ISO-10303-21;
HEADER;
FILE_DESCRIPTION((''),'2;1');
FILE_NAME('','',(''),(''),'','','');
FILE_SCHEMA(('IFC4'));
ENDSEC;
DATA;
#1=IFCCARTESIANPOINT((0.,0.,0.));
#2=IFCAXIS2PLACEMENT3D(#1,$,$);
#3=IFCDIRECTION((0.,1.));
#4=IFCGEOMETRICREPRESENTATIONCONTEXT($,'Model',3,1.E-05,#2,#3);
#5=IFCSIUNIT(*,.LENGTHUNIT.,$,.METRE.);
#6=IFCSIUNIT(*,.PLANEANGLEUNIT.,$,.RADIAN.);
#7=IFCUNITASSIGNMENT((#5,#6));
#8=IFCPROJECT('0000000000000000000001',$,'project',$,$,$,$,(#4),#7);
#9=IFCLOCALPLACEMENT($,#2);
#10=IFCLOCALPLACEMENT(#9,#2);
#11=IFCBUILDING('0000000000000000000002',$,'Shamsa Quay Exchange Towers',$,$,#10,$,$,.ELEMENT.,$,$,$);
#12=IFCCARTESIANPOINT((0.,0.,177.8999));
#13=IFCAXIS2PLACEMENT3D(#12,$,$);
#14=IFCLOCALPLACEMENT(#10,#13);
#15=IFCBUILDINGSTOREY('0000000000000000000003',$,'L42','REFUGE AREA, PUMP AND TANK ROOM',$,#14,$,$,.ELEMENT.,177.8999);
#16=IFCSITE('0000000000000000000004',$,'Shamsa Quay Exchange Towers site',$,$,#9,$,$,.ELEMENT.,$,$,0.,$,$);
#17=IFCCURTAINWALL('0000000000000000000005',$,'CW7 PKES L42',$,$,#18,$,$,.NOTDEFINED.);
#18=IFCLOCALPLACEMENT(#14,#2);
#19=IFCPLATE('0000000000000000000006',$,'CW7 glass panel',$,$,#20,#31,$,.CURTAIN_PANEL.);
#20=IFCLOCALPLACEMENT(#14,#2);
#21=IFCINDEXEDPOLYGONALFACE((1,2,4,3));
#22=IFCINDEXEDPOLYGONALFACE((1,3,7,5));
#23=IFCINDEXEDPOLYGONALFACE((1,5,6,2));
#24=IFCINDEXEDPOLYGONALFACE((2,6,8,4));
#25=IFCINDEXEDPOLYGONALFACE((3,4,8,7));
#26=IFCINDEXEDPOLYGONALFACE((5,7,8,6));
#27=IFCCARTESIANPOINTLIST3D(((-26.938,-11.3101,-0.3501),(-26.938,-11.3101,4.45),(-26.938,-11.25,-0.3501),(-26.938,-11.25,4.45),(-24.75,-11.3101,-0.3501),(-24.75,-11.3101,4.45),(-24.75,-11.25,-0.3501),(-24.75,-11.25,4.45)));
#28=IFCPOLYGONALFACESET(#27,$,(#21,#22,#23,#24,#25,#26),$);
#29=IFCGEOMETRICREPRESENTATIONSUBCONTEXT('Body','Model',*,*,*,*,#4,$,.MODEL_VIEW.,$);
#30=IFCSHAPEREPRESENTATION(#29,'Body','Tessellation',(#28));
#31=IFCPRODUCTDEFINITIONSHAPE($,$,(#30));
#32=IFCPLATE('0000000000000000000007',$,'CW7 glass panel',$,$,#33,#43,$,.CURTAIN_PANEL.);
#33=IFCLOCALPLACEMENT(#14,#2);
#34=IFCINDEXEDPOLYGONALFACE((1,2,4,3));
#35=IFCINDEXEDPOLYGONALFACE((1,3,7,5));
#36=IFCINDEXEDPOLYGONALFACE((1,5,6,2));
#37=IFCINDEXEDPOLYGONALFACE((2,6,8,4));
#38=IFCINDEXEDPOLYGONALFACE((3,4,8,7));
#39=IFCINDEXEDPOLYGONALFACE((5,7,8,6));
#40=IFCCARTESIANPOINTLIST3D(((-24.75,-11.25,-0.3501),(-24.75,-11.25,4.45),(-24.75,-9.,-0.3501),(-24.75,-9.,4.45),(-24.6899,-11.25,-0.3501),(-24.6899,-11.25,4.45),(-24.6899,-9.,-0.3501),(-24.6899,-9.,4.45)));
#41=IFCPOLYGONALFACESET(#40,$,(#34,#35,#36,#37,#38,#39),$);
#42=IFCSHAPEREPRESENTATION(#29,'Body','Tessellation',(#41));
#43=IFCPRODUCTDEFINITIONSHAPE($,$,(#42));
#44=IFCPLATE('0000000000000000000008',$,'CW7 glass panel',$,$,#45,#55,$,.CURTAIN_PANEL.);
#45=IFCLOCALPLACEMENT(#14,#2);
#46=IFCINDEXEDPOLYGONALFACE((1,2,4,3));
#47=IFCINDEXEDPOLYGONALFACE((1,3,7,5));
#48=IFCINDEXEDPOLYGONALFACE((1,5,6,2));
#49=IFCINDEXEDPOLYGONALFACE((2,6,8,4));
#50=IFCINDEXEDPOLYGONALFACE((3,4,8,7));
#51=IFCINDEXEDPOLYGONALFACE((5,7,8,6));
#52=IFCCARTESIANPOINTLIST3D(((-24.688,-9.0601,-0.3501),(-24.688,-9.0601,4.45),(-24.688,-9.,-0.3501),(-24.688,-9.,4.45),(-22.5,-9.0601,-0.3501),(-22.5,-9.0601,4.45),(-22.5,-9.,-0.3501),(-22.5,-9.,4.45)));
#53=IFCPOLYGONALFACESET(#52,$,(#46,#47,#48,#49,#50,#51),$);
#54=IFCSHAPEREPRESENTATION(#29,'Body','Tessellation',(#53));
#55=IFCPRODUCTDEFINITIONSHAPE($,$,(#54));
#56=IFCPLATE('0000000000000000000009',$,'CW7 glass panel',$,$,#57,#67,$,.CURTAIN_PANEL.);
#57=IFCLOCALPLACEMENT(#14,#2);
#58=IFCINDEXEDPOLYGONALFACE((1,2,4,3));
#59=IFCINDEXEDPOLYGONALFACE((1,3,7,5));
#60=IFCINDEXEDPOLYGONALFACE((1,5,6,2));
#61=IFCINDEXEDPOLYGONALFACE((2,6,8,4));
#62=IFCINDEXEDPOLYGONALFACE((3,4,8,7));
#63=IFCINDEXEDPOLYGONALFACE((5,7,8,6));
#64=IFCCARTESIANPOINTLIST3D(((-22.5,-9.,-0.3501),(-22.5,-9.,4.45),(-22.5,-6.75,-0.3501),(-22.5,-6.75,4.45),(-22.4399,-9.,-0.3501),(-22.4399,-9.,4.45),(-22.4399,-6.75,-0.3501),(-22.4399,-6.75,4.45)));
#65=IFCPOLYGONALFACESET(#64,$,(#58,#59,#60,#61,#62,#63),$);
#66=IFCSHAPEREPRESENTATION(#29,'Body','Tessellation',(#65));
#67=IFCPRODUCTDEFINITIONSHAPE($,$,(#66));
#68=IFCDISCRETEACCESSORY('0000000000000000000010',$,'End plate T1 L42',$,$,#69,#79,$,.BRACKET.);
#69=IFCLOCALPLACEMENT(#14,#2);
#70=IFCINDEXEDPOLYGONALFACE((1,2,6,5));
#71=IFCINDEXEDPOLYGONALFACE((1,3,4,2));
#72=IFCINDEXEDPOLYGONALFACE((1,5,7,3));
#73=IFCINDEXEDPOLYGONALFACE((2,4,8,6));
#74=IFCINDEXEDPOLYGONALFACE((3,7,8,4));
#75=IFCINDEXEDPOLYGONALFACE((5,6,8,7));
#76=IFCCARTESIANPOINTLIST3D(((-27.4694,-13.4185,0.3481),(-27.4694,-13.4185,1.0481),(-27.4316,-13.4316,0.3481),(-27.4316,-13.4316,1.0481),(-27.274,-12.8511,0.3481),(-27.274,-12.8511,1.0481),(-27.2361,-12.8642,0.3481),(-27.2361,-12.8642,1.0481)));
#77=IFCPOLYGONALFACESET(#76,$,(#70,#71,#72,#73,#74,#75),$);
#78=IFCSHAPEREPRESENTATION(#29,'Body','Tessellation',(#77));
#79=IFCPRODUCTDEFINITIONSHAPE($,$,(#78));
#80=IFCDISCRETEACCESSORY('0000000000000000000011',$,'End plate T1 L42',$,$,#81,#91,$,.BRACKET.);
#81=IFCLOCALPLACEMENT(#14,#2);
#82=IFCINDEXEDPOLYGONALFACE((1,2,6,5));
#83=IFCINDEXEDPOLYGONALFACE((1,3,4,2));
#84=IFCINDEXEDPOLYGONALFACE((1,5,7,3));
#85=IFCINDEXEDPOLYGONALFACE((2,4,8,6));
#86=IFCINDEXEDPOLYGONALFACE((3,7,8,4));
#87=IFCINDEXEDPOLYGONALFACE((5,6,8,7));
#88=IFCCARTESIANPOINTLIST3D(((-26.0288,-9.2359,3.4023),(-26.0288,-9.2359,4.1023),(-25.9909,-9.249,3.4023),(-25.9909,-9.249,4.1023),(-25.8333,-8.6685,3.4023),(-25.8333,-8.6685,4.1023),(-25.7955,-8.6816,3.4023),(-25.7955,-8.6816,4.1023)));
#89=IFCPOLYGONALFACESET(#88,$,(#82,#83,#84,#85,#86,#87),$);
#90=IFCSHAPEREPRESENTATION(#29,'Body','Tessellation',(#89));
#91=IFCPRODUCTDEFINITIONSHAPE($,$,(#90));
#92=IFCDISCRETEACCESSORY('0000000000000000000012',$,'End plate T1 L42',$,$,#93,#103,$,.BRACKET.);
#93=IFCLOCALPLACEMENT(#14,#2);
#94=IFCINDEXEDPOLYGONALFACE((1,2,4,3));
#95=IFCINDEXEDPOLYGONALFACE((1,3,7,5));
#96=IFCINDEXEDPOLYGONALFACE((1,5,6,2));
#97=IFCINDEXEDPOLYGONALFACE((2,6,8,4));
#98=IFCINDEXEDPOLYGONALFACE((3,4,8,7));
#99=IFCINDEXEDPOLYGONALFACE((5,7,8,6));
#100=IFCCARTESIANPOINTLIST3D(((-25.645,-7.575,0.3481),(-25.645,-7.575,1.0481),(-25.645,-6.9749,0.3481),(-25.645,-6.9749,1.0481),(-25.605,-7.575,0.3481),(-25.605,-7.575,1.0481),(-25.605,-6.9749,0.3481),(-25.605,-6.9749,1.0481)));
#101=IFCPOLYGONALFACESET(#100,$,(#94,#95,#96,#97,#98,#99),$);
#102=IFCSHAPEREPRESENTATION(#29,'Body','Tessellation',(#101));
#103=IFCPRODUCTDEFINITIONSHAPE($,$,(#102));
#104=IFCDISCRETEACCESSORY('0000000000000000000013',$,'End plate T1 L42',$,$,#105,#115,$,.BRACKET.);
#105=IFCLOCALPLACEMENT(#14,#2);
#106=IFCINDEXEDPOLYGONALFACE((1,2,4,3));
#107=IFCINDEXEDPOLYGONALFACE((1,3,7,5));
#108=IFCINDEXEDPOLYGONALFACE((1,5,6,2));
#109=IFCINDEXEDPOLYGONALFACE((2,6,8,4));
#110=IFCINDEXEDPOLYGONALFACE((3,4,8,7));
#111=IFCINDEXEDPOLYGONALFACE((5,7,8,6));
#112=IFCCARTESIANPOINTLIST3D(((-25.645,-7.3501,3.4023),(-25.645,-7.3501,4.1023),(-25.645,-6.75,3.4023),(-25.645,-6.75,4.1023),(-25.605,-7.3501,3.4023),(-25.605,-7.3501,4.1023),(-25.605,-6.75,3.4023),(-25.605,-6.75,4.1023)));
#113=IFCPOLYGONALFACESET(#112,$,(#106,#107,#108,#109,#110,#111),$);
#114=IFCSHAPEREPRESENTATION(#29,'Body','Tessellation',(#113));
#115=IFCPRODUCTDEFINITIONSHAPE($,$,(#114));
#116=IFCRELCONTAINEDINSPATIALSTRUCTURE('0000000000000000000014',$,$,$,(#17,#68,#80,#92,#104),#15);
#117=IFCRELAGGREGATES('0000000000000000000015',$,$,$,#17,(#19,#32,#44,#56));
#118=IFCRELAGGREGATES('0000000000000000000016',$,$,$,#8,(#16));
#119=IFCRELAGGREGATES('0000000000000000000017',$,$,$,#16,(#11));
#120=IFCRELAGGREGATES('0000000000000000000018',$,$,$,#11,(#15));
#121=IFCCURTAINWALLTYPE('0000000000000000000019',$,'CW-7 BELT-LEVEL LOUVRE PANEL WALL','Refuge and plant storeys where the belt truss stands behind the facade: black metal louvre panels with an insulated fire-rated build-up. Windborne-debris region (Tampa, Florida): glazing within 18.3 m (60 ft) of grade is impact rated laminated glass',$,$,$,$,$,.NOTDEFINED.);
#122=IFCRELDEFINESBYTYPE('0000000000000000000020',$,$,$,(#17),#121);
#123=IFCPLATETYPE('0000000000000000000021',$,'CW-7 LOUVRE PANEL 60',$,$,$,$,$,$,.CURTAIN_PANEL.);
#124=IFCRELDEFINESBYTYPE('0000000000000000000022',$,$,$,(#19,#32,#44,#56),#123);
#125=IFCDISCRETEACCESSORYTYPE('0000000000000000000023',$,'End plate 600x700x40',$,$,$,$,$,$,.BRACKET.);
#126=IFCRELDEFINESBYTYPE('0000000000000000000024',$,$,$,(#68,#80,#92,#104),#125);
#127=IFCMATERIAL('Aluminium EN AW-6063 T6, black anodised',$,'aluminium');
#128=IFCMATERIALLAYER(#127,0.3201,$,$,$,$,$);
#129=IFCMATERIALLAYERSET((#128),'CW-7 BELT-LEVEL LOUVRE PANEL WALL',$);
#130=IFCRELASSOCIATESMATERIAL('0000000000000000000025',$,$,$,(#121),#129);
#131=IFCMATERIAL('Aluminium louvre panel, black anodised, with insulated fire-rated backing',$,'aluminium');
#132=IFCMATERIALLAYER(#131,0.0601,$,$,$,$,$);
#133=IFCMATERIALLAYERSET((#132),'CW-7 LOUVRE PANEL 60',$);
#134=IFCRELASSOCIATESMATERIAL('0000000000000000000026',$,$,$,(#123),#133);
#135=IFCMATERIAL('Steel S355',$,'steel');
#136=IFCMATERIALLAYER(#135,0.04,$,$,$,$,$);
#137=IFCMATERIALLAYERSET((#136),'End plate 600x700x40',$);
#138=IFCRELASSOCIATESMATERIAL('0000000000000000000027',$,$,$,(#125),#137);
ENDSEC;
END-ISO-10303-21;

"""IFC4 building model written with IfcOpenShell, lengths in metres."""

from ifc_helpers import new_model, si_unit, direction, frame, origin, origin_2d, place, context, subcontext, project, spatial, rectangle, extrude, material, layer, layer_set, type_object, element, aggregate, save


model = new_model("IFC4")

# Units and contexts
model_context = context("Model", 3, precision=1e-05, world=origin(), true_north=direction((0.0, 1.0)))
body_context = subcontext(model_context, "Body", "Model", "MODEL_VIEW")
ifc_project = project(units=[si_unit("LENGTHUNIT", "METRE"), si_unit("PLANEANGLEUNIT", "RADIAN")], contexts=[model_context])

# Site, building, storey
site_placement = place(None, origin())
site = spatial("IfcSite", under=ifc_project, at=site_placement, Name="Shamsa Quay Exchange Towers site", CompositionType="ELEMENT", RefElevation=0.0)
building_placement = place(site_placement, origin())
building = spatial("IfcBuilding", under=site, at=building_placement, Name="Shamsa Quay Exchange Towers", CompositionType="ELEMENT")
storey_placement = place(building_placement, frame((0.0, 0.0, 177.8999)))
storey = spatial("IfcBuildingStorey", under=building, at=storey_placement, Name="L42", Description="REFUGE AREA, PUMP AND TANK ROOM", CompositionType="ELEMENT", Elevation=177.8999)

# Shared definitions
ifc_material_1 = material(Name="Steel S355", Category="steel")

# Shared definitions
ifc_material_2 = material(Name="Aluminium EN AW-6063 T6, black anodised", Category="aluminium")
ifc_layer_1 = layer(ifc_material_2, 0.3201)
ifc_layer_set_1 = layer_set([ifc_layer_1], Name="CW-7 BELT-LEVEL LOUVRE PANEL WALL")
curtain_wall_type = type_object("IfcCurtainWallType", Name="CW-7 BELT-LEVEL LOUVRE PANEL WALL", Description="Refuge and plant storeys where the belt truss stands behind the facade: black metal louvre panels with an insulated fire-rated build-up. Windborne-debris region (Tampa, Florida): glazing within 18.3 m (60 ft) of grade is impact rated laminated glass", PredefinedType="NOTDEFINED", material=ifc_layer_set_1)
ifc_material_3 = material(Name="Aluminium louvre panel, black anodised, with insulated fire-rated backing", Category="aluminium")
ifc_layer_2 = layer(ifc_material_3, 0.0601)
ifc_layer_set_2 = layer_set([ifc_layer_2], Name="CW-7 LOUVRE PANEL 60")
plate_type = type_object("IfcPlateType", Name="CW-7 LOUVRE PANEL 60", PredefinedType="CURTAIN_PANEL", material=ifc_layer_set_2)

# Curtain wall, plates
curtain_wall_1_placement = place(storey_placement, origin())
curtain_wall_1 = element("IfcCurtainWall", 1, at=curtain_wall_1_placement, inside=storey, type_object=curtain_wall_type, Name="CW7 PKES L42", PredefinedType="NOTDEFINED")
plate_1_placement = place(storey_placement, frame((-25.844, -11.28, -0.3501)))
plate_1 = element("IfcPlate", 2, at=plate_1_placement, type_object=plate_type, Name="CW7 glass panel", PredefinedType="CURTAIN_PANEL", context=body_context, shape_type="SweptSolid", body=[
    extrude(rectangle(XDim=2.188, YDim=0.0601, at=origin_2d()), origin(), (0.0, 0.0, 1.0), 4.8),
])
plate_2_placement = place(storey_placement, frame((-24.72, -10.125, -0.3501), z_axis=(0.0, 0.0, 1.0), x_axis=(0.0, 1.0, 0.0)))
plate_2 = element("IfcPlate", 3, at=plate_2_placement, type_object=plate_type, Name="CW7 glass panel", PredefinedType="CURTAIN_PANEL", context=body_context, shape_type="SweptSolid", body=[
    extrude(rectangle(XDim=2.25, YDim=0.0601, at=origin_2d()), origin(), (0.0, 0.0, 1.0), 4.8),
])
plate_3_placement = place(storey_placement, frame((-23.594, -9.03, -0.3501)))
plate_3 = element("IfcPlate", 4, at=plate_3_placement, type_object=plate_type, Name="CW7 glass panel", PredefinedType="CURTAIN_PANEL", context=body_context, shape_type="SweptSolid", body=[
    extrude(rectangle(XDim=2.188, YDim=0.0601, at=origin_2d()), origin(), (0.0, 0.0, 1.0), 4.8),
])
plate_4_placement = place(storey_placement, frame((-22.47, -7.875, -0.3501), z_axis=(0.0, 0.0, 1.0), x_axis=(0.0, 1.0, 0.0)))
plate_4 = element("IfcPlate", 5, at=plate_4_placement, type_object=plate_type, Name="CW7 glass panel", PredefinedType="CURTAIN_PANEL", context=body_context, shape_type="SweptSolid", body=[
    extrude(rectangle(XDim=2.25, YDim=0.0601, at=origin_2d()), origin(), (0.0, 0.0, 1.0), 4.8),
])
aggregate(curtain_wall_1, [plate_1, plate_2, plate_3, plate_4])

# Discrete accessories
ifc_layer_3 = layer(ifc_material_1, 0.04)
ifc_layer_set_3 = layer_set([ifc_layer_3], Name="End plate 600x700x40")
discrete_accessory_type = type_object("IfcDiscreteAccessoryType", Name="End plate 600x700x40", PredefinedType="BRACKET", material=ifc_layer_set_3)
for number, where, z_axis, x_axis, name in (
    (6, (-27.3528, -13.1414, 0.3481), (0.0, 0.0, 1.0), (0.325667, 0.945485, 0.0), "End plate T1 L42"),
    (7, (-25.9121, -8.9587, 3.4023), (0.0, 0.0, 1.0), (0.325667, 0.945485, 0.0), "End plate T1 L42"),
    (8, (-25.625, -7.2749, 0.3481), (0.0, 0.0, 1.0), (0.0, 1.0, 0.0), "End plate T1 L42"),
    (9, (-25.625, -7.05, 3.4023), (0.0, 0.0, 1.0), (0.0, 1.0, 0.0), "End plate T1 L42"),
):
    element("IfcDiscreteAccessory", number, at=place(storey_placement, frame(where, z_axis=z_axis, x_axis=x_axis)), inside=storey, type_object=discrete_accessory_type, Name=name, PredefinedType="BRACKET", context=body_context, shape_type="SweptSolid", body=[
        extrude(rectangle(XDim=0.6001, YDim=0.04, at=origin_2d()), origin(), (0.0, 0.0, 1.0), 0.7),
    ])

save(model, "model.ifc")
